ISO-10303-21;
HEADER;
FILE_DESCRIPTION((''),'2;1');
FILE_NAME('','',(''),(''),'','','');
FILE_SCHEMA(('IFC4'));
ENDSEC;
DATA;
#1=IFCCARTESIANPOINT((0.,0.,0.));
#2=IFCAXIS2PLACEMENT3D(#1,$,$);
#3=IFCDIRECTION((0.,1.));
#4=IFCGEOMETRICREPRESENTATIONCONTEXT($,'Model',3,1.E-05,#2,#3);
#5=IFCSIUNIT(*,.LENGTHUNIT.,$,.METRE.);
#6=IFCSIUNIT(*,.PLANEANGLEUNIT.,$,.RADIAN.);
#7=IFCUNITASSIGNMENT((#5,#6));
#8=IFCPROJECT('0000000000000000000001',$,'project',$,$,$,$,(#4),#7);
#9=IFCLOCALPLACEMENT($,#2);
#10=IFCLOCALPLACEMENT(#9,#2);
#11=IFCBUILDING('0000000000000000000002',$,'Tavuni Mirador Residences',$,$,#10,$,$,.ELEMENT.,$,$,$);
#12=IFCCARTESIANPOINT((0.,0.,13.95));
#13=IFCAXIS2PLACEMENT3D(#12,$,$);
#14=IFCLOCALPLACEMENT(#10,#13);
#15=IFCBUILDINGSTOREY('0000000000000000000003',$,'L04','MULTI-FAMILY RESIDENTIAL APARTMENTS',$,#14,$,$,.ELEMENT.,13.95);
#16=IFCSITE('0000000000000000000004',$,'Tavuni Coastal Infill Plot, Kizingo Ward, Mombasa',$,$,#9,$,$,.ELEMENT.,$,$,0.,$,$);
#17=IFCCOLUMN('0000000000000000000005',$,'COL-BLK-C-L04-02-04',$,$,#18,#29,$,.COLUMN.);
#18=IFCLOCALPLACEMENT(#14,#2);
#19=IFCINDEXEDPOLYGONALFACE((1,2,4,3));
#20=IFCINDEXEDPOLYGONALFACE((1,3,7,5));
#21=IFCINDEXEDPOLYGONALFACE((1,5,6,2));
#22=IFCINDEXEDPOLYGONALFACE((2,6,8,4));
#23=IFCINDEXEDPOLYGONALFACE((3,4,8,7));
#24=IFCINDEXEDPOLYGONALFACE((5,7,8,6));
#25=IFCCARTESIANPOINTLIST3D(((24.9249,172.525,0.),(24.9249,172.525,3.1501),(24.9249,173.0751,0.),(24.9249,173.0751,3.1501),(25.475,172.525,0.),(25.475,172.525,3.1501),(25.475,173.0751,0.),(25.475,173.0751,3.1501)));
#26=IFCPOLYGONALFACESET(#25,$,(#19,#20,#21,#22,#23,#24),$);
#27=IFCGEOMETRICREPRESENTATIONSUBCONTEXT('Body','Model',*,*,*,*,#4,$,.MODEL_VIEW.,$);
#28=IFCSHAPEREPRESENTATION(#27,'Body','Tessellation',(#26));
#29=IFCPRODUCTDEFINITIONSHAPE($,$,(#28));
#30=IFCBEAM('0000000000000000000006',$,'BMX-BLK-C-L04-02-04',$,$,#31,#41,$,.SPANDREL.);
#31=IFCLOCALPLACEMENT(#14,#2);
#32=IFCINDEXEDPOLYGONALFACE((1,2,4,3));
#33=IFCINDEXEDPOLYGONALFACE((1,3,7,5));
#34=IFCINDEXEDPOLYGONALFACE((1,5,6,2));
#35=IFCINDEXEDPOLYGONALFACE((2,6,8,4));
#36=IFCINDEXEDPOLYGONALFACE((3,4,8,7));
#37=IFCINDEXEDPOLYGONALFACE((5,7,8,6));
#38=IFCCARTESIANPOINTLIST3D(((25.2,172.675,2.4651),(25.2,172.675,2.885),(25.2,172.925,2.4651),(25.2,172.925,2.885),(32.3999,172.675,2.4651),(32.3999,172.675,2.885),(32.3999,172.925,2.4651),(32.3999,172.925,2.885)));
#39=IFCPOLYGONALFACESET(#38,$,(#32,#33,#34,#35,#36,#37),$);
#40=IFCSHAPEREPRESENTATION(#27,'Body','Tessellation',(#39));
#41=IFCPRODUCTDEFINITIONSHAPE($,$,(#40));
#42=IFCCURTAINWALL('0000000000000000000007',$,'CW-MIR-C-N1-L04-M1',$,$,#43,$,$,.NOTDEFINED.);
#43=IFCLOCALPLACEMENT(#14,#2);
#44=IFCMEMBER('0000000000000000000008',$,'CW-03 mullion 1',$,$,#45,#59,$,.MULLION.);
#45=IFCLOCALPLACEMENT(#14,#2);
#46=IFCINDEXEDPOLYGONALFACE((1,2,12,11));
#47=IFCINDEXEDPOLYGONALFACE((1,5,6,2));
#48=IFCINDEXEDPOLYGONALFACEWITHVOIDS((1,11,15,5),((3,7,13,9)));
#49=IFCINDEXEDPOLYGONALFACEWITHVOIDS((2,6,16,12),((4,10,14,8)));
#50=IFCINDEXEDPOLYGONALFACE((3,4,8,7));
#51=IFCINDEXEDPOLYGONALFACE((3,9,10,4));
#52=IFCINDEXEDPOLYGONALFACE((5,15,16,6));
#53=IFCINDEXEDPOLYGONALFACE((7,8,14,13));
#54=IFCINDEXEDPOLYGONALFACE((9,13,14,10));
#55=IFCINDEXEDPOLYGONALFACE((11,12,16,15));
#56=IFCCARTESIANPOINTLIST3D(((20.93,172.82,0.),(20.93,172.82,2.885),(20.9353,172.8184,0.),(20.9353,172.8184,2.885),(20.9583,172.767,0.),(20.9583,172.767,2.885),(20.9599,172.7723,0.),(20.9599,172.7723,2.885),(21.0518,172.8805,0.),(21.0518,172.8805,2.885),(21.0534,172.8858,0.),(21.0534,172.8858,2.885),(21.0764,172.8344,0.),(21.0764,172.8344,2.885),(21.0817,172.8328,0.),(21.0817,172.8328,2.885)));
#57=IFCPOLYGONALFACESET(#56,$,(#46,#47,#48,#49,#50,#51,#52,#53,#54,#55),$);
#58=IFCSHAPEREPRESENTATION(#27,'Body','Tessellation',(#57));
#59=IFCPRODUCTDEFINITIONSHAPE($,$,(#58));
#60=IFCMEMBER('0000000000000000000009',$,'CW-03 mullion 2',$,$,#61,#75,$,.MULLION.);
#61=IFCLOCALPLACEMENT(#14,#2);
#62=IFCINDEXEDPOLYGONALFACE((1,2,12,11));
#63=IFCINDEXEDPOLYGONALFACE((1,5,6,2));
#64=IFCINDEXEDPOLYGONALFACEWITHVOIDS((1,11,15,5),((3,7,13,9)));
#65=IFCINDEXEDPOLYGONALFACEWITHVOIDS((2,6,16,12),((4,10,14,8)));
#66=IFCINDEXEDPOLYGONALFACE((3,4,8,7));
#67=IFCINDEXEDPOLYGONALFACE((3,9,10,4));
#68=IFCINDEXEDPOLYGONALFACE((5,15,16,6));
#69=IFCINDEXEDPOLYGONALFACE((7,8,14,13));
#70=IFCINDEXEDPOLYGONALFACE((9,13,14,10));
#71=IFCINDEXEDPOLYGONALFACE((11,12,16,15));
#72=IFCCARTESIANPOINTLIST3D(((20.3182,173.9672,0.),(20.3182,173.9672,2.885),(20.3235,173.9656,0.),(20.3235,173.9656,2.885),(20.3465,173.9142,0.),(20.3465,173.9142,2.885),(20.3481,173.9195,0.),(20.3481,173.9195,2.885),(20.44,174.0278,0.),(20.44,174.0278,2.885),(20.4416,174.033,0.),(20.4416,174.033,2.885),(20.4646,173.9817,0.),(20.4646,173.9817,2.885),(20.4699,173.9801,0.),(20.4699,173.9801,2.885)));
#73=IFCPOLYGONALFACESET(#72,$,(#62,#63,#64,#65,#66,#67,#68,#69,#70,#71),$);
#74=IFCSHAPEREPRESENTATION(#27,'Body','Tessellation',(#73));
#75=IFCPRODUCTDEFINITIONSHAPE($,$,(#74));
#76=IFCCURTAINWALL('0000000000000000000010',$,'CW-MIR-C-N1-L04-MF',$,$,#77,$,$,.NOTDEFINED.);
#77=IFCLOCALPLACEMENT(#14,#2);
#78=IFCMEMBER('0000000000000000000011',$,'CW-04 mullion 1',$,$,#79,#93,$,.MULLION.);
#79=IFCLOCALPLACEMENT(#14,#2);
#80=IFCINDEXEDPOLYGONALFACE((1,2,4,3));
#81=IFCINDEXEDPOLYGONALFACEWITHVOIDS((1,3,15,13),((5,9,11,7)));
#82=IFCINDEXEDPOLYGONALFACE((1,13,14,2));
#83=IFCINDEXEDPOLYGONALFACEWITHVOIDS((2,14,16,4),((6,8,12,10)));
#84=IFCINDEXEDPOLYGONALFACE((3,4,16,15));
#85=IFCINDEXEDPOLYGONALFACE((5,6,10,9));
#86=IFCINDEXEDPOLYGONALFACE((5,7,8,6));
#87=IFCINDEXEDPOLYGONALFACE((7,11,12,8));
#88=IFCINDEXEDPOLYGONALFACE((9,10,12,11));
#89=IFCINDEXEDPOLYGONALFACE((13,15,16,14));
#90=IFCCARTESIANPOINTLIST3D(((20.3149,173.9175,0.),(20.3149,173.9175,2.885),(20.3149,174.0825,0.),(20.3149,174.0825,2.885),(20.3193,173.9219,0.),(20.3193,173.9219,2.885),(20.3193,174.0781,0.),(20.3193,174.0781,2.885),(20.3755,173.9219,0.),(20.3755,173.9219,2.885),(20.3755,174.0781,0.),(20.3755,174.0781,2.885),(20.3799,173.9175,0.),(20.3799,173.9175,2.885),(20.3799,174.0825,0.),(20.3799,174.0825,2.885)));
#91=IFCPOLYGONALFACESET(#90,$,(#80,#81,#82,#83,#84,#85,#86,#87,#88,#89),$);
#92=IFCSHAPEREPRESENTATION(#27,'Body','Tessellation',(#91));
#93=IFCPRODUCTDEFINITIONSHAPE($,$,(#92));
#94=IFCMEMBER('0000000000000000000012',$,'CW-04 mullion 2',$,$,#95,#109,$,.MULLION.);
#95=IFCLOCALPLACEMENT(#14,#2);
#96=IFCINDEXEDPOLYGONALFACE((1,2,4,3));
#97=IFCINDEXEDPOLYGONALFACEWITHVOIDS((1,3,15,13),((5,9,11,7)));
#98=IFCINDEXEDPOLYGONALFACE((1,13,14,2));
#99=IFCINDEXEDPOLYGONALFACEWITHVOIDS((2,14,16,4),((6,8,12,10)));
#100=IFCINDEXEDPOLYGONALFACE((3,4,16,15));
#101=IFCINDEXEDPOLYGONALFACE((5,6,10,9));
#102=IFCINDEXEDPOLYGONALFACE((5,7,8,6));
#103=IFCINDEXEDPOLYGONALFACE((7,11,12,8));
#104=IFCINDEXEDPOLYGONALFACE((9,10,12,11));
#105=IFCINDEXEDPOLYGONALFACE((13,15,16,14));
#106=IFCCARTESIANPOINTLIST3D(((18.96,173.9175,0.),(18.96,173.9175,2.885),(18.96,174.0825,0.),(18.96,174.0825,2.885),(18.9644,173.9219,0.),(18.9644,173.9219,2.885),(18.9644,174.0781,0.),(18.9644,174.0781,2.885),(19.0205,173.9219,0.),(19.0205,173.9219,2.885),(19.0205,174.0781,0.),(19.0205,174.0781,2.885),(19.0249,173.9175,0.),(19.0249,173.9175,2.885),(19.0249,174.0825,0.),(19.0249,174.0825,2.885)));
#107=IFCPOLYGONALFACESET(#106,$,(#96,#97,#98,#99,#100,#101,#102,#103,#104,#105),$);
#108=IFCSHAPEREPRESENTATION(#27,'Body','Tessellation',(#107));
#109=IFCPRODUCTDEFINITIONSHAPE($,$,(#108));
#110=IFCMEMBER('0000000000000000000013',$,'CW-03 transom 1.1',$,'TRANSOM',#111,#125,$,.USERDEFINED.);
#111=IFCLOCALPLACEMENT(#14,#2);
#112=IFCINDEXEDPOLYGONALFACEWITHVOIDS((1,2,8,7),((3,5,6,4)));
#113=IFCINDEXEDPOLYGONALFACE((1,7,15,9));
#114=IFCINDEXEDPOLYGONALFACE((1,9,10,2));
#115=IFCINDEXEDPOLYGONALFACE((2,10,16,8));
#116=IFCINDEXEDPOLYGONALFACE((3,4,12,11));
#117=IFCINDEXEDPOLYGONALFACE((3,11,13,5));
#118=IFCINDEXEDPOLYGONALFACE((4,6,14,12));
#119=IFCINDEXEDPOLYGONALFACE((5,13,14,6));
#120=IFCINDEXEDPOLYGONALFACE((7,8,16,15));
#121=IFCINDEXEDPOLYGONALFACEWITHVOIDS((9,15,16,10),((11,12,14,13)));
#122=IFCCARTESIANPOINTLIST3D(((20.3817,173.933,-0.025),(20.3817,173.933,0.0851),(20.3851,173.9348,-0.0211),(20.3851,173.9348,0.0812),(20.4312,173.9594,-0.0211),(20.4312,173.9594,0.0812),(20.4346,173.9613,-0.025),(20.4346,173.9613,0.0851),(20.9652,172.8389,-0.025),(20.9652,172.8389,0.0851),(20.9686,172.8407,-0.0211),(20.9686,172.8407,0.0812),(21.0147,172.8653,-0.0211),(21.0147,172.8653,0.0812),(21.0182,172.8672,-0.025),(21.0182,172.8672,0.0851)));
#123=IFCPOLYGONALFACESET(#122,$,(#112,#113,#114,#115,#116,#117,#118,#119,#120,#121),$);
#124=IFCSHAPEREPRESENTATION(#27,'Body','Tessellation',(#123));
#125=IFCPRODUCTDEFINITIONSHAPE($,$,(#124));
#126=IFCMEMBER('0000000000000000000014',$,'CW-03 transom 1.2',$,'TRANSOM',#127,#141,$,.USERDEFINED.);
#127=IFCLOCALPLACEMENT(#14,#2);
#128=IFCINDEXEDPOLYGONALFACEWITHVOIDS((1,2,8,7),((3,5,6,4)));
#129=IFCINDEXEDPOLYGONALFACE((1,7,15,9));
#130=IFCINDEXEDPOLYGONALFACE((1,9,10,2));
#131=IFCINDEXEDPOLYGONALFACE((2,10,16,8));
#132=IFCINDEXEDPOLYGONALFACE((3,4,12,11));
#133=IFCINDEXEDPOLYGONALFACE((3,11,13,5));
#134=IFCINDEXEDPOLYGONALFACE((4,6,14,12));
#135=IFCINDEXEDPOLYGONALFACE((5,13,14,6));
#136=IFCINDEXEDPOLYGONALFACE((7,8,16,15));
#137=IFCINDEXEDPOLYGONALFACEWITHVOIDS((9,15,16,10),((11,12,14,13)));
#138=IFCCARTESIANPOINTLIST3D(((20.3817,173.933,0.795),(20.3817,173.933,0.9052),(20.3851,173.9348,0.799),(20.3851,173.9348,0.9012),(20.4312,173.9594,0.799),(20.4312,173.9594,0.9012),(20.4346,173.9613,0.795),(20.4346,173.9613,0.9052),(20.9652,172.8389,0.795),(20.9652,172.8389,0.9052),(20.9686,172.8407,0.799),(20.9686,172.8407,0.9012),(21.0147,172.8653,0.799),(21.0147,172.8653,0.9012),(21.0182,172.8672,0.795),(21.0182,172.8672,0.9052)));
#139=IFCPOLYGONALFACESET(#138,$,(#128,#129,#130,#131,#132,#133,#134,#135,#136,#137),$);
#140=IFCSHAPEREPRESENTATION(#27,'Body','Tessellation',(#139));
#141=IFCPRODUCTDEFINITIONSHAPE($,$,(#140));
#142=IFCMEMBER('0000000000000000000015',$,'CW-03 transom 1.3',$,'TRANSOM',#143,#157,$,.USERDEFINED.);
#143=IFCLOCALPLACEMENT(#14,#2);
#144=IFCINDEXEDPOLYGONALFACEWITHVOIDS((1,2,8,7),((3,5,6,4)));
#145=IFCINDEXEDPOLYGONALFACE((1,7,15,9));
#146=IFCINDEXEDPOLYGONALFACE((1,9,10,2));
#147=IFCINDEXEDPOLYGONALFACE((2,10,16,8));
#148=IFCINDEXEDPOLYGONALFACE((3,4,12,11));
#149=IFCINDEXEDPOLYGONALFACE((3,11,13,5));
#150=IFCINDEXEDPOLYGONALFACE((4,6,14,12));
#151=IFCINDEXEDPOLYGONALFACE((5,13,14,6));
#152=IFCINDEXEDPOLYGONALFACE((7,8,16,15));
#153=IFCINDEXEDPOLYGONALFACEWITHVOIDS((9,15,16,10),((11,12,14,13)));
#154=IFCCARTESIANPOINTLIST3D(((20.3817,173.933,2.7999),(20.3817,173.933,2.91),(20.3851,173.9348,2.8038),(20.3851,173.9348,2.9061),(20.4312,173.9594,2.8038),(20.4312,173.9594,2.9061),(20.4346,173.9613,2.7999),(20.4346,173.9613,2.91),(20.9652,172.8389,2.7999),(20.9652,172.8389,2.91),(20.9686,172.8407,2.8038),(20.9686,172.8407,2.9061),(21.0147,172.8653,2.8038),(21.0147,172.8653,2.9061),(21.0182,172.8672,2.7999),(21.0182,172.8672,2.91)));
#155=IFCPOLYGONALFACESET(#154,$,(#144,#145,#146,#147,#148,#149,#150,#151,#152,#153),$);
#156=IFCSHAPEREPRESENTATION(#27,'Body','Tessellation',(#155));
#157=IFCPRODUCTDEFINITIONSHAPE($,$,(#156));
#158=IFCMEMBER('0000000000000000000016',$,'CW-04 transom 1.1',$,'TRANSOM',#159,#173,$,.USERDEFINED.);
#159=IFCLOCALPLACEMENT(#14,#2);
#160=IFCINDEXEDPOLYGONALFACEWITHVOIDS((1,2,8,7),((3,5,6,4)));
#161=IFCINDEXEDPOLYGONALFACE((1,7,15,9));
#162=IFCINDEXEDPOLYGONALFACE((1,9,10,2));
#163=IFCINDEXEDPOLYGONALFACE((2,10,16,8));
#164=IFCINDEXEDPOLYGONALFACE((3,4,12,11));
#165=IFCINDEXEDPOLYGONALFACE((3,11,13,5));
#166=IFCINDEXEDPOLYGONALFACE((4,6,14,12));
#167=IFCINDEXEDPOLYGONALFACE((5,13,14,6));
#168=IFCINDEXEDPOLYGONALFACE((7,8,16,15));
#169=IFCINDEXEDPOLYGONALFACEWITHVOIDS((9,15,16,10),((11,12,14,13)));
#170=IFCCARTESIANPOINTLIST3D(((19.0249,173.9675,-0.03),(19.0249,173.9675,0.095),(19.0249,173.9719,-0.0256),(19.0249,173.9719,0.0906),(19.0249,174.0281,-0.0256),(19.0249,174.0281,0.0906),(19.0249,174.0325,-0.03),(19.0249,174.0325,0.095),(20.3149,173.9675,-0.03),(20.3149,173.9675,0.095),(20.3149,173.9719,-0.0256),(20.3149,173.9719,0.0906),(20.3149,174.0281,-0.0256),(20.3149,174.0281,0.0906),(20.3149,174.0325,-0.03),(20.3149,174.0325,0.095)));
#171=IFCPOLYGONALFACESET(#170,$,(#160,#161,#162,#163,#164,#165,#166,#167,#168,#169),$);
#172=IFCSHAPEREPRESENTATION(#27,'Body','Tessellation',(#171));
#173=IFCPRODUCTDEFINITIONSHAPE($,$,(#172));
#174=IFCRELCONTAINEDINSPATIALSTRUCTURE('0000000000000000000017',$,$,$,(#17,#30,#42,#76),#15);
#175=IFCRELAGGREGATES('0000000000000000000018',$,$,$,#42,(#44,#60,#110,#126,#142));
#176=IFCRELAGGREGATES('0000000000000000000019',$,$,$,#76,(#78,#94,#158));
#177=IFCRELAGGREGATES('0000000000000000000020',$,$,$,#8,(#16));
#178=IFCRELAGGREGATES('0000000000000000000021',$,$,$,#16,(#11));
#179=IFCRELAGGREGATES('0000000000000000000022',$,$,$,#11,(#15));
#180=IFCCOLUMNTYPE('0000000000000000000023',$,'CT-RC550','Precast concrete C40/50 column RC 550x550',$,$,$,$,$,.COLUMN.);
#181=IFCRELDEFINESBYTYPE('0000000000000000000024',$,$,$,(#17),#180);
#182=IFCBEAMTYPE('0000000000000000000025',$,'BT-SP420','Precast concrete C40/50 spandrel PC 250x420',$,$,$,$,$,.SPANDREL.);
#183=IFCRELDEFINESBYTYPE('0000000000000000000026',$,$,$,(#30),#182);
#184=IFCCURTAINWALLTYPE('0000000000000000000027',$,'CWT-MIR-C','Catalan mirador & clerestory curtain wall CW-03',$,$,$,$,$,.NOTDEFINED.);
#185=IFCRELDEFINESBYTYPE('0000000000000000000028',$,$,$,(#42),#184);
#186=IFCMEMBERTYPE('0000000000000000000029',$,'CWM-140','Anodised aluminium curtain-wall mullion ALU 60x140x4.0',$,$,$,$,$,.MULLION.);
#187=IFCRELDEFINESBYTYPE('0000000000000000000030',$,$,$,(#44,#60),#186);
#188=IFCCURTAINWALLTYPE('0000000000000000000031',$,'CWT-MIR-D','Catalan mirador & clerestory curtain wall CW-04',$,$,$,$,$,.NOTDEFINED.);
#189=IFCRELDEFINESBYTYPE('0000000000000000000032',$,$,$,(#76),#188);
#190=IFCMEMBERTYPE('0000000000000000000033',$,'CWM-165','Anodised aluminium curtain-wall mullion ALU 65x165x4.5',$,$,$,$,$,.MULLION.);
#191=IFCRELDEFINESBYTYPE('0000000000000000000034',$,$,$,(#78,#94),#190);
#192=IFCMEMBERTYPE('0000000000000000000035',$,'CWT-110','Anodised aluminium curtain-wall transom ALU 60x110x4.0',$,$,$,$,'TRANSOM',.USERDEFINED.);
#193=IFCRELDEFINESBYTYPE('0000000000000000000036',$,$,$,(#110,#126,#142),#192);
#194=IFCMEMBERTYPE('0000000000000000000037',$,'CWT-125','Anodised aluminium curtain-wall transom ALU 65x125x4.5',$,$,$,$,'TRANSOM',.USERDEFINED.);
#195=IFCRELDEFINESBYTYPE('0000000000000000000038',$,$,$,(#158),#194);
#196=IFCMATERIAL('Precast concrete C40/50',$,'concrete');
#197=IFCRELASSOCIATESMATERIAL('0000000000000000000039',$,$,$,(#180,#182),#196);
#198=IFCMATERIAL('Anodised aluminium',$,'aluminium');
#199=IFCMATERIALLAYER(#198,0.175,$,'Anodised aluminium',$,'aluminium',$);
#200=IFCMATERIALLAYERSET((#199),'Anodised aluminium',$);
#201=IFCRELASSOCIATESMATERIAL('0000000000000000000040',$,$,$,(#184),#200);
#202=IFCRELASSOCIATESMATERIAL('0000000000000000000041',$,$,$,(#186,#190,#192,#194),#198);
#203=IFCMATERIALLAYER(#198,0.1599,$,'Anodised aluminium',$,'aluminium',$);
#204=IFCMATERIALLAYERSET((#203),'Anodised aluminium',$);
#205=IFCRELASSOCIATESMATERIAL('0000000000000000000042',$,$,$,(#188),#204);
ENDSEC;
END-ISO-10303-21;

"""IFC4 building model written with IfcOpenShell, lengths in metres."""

from ifc_helpers import new_model, si_unit, direction, frame, origin, origin_2d, place, context, subcontext, project, spatial, rectangle, hollow_rectangle, extrude, material, layer, layer_set, material_profile, profile_set, type_object, element, aggregate, save


model = new_model("IFC4")

# Units and contexts
model_context = context("Model", 3, precision=1e-05, world=origin(), true_north=direction((0.0, 1.0)))
body_context = subcontext(model_context, "Body", "Model", "MODEL_VIEW")
ifc_project = project(units=[si_unit("LENGTHUNIT", "METRE"), si_unit("PLANEANGLEUNIT", "RADIAN")], contexts=[model_context])

# Site, building, storey
site_placement = place(None, origin())
site = spatial("IfcSite", under=ifc_project, at=site_placement, Name="Tavuni Coastal Infill Plot, Kizingo Ward, Mombasa", CompositionType="ELEMENT", RefElevation=0.0)
building_placement = place(site_placement, origin())
building = spatial("IfcBuilding", under=site, at=building_placement, Name="Tavuni Mirador Residences", CompositionType="ELEMENT")
storey_placement = place(building_placement, frame((0.0, 0.0, 13.95)))
storey = spatial("IfcBuildingStorey", under=building, at=storey_placement, Name="L04", Description="MULTI-FAMILY RESIDENTIAL APARTMENTS", CompositionType="ELEMENT", Elevation=13.95)

# Column
ifc_material_1 = material(Name="Precast concrete C40/50", Category="concrete")
ifc_material_profile_1 = material_profile(ifc_material_1, rectangle(XDim=0.55, YDim=0.55, at=origin_2d()), Name="RC 550x550", Category="concrete")
ifc_profile_set_1 = profile_set([ifc_material_profile_1], Name="Precast concrete C40/50")
column_type = type_object("IfcColumnType", Name="CT-RC550", Description="Precast concrete C40/50 column RC 550x550", PredefinedType="COLUMN", material=ifc_profile_set_1)
column_placement = place(storey_placement, frame((25.2, 172.8, 0.0), z_axis=(0.0, 0.0, 1.0), x_axis=(1.0, 0.0, 0.0)))
element("IfcColumn", 1, at=column_placement, inside=storey, type_object=column_type, Name="COL-BLK-C-L04-02-04", PredefinedType="COLUMN", context=body_context, shape_type="SweptSolid", body=[
    extrude(rectangle(XDim=0.55, YDim=0.55, at=origin_2d()), origin(), (0.0, 0.0, 1.0), 3.1501),
])

# Beam
ifc_material_profile_2 = material_profile(ifc_material_1, rectangle(XDim=0.25, YDim=0.4199, at=origin_2d()), Name="PC 250x420", Category="concrete")
ifc_profile_set_2 = profile_set([ifc_material_profile_2], Name="Precast concrete C40/50")
beam_type = type_object("IfcBeamType", Name="BT-SP420", Description="Precast concrete C40/50 spandrel PC 250x420", PredefinedType="SPANDREL", material=ifc_profile_set_2)
beam_placement = place(storey_placement, frame((25.2, 172.8, 2.675), z_axis=(1.0, 0.0, 0.0), x_axis=(0.0, 1.0, 0.0)))
element("IfcBeam", 2, at=beam_placement, inside=storey, type_object=beam_type, Name="BMX-BLK-C-L04-02-04", PredefinedType="SPANDREL", context=body_context, shape_type="SweptSolid", body=[
    extrude(rectangle(XDim=0.25, YDim=0.4199, at=origin_2d()), origin(), (0.0, 0.0, 1.0), 7.2),
])

# Curtain walls, members
ifc_material_2 = material(Name="Anodised aluminium", Category="aluminium")
ifc_layer_1 = layer(ifc_material_2, 0.175, Name="Anodised aluminium", Category="aluminium")
ifc_layer_set_1 = layer_set([ifc_layer_1], Name="Anodised aluminium")
curtain_wall_type_1 = type_object("IfcCurtainWallType", Name="CWT-MIR-C", Description="Catalan mirador & clerestory curtain wall CW-03", PredefinedType="NOTDEFINED", material=ifc_layer_set_1)
curtain_wall_1_placement = place(storey_placement, origin())
curtain_wall_1 = element("IfcCurtainWall", 3, at=curtain_wall_1_placement, inside=storey, type_object=curtain_wall_type_1, Name="CW-MIR-C-N1-L04-M1", PredefinedType="NOTDEFINED")
ifc_material_profile_3 = material_profile(ifc_material_2, hollow_rectangle(XDim=0.0601, YDim=0.1399, WallThickness=0.0039, at=origin_2d()), Name="ALU 60x140x4.0", Category="aluminium")
ifc_profile_set_3 = profile_set([ifc_material_profile_3], Name="Anodised aluminium")
member_type_1 = type_object("IfcMemberType", Name="CWM-140", Description="Anodised aluminium curtain-wall mullion ALU 60x140x4.0", PredefinedType="MULLION", material=ifc_profile_set_3)
member_1_placement = place(storey_placement, frame((21.0059, 172.8264, 0.0), z_axis=(0.0, 0.0, 1.0), x_axis=(-0.470588, 0.882353, 0.0)))
member_1 = element("IfcMember", 4, at=member_1_placement, type_object=member_type_1, Name="CW-03 mullion 1", PredefinedType="MULLION", context=body_context, shape_type="SweptSolid", body=[
    extrude(hollow_rectangle(XDim=0.0601, YDim=0.1399, WallThickness=0.0039, at=origin_2d()), origin(), (0.0, 0.0, 1.0), 2.885),
])
member_2_placement = place(storey_placement, frame((20.394, 173.9736, 0.0), z_axis=(0.0, 0.0, 1.0), x_axis=(-0.470588, 0.882353, 0.0)))
member_2 = element("IfcMember", 5, at=member_2_placement, type_object=member_type_1, Name="CW-03 mullion 2", PredefinedType="MULLION", context=body_context, shape_type="SweptSolid", body=[
    extrude(hollow_rectangle(XDim=0.0601, YDim=0.1399, WallThickness=0.0039, at=origin_2d()), origin(), (0.0, 0.0, 1.0), 2.885),
])
ifc_layer_2 = layer(ifc_material_2, 0.1599, Name="Anodised aluminium", Category="aluminium")
ifc_layer_set_2 = layer_set([ifc_layer_2], Name="Anodised aluminium")
curtain_wall_type_2 = type_object("IfcCurtainWallType", Name="CWT-MIR-D", Description="Catalan mirador & clerestory curtain wall CW-04", PredefinedType="NOTDEFINED", material=ifc_layer_set_2)
curtain_wall_2_placement = place(storey_placement, origin())
curtain_wall_2 = element("IfcCurtainWall", 6, at=curtain_wall_2_placement, inside=storey, type_object=curtain_wall_type_2, Name="CW-MIR-C-N1-L04-MF", PredefinedType="NOTDEFINED")
ifc_material_profile_4 = material_profile(ifc_material_2, hollow_rectangle(XDim=0.0649, YDim=0.165, WallThickness=0.0044, at=origin_2d()), Name="ALU 65x165x4.5", Category="aluminium")
ifc_profile_set_4 = profile_set([ifc_material_profile_4], Name="Anodised aluminium")
member_type_2 = type_object("IfcMemberType", Name="CWM-165", Description="Anodised aluminium curtain-wall mullion ALU 65x165x4.5", PredefinedType="MULLION", material=ifc_profile_set_4)
member_3_placement = place(storey_placement, frame((20.3474, 174.0, 0.0), z_axis=(0.0, 0.0, 1.0), x_axis=(-1.0, 0.0, 0.0)))
member_3 = element("IfcMember", 7, at=member_3_placement, type_object=member_type_2, Name="CW-04 mullion 1", PredefinedType="MULLION", context=body_context, shape_type="SweptSolid", body=[
    extrude(hollow_rectangle(XDim=0.0649, YDim=0.165, WallThickness=0.0044, at=origin_2d()), origin(), (0.0, 0.0, 1.0), 2.885),
])
member_4_placement = place(storey_placement, frame((18.9924, 174.0, 0.0), z_axis=(0.0, 0.0, 1.0), x_axis=(-1.0, 0.0, 0.0)))
member_4 = element("IfcMember", 8, at=member_4_placement, type_object=member_type_2, Name="CW-04 mullion 2", PredefinedType="MULLION", context=body_context, shape_type="SweptSolid", body=[
    extrude(hollow_rectangle(XDim=0.0649, YDim=0.165, WallThickness=0.0044, at=origin_2d()), origin(), (0.0, 0.0, 1.0), 2.885),
])

# Members
ifc_material_profile_5 = material_profile(ifc_material_2, hollow_rectangle(XDim=0.0601, YDim=0.1101, WallThickness=0.0039, at=origin_2d()), Name="ALU 60x110x4.0", Category="aluminium")
ifc_profile_set_5 = profile_set([ifc_material_profile_5], Name="Anodised aluminium")
member_type_3 = type_object("IfcMemberType", Name="CWT-110", Description="Anodised aluminium curtain-wall transom ALU 60x110x4.0", ElementType="TRANSOM", PredefinedType="USERDEFINED", material=ifc_profile_set_5)
member_5_placement = place(storey_placement, frame((20.9917, 172.853, 0.03), z_axis=(-0.470609, 0.882342, 0.0), x_axis=(-0.882342, -0.470609, 0.0)))
member_5 = element("IfcMember", 9, at=member_5_placement, type_object=member_type_3, Name="CW-03 transom 1.1", ObjectType="TRANSOM", PredefinedType="USERDEFINED", context=body_context, shape_type="SweptSolid", body=[
    extrude(hollow_rectangle(XDim=0.0601, YDim=0.1101, WallThickness=0.0039, at=origin_2d()), origin(), (0.0, 0.0, 1.0), 1.24),
])
member_6_placement = place(storey_placement, frame((20.9917, 172.853, 0.8501), z_axis=(-0.470609, 0.882342, 0.0), x_axis=(-0.882342, -0.470609, 0.0)))
member_6 = element("IfcMember", 10, at=member_6_placement, type_object=member_type_3, Name="CW-03 transom 1.2", ObjectType="TRANSOM", PredefinedType="USERDEFINED", context=body_context, shape_type="SweptSolid", body=[
    extrude(hollow_rectangle(XDim=0.0601, YDim=0.1101, WallThickness=0.0039, at=origin_2d()), origin(), (0.0, 0.0, 1.0), 1.24),
])
member_7_placement = place(storey_placement, frame((20.9917, 172.853, 2.855), z_axis=(-0.470609, 0.882342, 0.0), x_axis=(-0.882342, -0.470609, 0.0)))
member_7 = element("IfcMember", 11, at=member_7_placement, type_object=member_type_3, Name="CW-03 transom 1.3", ObjectType="TRANSOM", PredefinedType="USERDEFINED", context=body_context, shape_type="SweptSolid", body=[
    extrude(hollow_rectangle(XDim=0.0601, YDim=0.1101, WallThickness=0.0039, at=origin_2d()), origin(), (0.0, 0.0, 1.0), 1.24),
])
ifc_material_profile_6 = material_profile(ifc_material_2, hollow_rectangle(XDim=0.0649, YDim=0.125, WallThickness=0.0044, at=origin_2d()), Name="ALU 65x125x4.5", Category="aluminium")
ifc_profile_set_6 = profile_set([ifc_material_profile_6], Name="Anodised aluminium")
member_type_4 = type_object("IfcMemberType", Name="CWT-125", Description="Anodised aluminium curtain-wall transom ALU 65x125x4.5", ElementType="TRANSOM", PredefinedType="USERDEFINED", material=ifc_profile_set_6)
member_8_placement = place(storey_placement, frame((20.3149, 174.0, 0.0325), z_axis=(-1.0, 0.0, 0.0), x_axis=(0.0, -1.0, 0.0)))
member_8 = element("IfcMember", 12, at=member_8_placement, type_object=member_type_4, Name="CW-04 transom 1.1", ObjectType="TRANSOM", PredefinedType="USERDEFINED", context=body_context, shape_type="SweptSolid", body=[
    extrude(hollow_rectangle(XDim=0.0649, YDim=0.125, WallThickness=0.0044, at=origin_2d()), origin(), (0.0, 0.0, 1.0), 1.29),
])

aggregate(curtain_wall_1, [member_1, member_2, member_5, member_6, member_7])
aggregate(curtain_wall_2, [member_3, member_4, member_8])

save(model, "model.ifc")
